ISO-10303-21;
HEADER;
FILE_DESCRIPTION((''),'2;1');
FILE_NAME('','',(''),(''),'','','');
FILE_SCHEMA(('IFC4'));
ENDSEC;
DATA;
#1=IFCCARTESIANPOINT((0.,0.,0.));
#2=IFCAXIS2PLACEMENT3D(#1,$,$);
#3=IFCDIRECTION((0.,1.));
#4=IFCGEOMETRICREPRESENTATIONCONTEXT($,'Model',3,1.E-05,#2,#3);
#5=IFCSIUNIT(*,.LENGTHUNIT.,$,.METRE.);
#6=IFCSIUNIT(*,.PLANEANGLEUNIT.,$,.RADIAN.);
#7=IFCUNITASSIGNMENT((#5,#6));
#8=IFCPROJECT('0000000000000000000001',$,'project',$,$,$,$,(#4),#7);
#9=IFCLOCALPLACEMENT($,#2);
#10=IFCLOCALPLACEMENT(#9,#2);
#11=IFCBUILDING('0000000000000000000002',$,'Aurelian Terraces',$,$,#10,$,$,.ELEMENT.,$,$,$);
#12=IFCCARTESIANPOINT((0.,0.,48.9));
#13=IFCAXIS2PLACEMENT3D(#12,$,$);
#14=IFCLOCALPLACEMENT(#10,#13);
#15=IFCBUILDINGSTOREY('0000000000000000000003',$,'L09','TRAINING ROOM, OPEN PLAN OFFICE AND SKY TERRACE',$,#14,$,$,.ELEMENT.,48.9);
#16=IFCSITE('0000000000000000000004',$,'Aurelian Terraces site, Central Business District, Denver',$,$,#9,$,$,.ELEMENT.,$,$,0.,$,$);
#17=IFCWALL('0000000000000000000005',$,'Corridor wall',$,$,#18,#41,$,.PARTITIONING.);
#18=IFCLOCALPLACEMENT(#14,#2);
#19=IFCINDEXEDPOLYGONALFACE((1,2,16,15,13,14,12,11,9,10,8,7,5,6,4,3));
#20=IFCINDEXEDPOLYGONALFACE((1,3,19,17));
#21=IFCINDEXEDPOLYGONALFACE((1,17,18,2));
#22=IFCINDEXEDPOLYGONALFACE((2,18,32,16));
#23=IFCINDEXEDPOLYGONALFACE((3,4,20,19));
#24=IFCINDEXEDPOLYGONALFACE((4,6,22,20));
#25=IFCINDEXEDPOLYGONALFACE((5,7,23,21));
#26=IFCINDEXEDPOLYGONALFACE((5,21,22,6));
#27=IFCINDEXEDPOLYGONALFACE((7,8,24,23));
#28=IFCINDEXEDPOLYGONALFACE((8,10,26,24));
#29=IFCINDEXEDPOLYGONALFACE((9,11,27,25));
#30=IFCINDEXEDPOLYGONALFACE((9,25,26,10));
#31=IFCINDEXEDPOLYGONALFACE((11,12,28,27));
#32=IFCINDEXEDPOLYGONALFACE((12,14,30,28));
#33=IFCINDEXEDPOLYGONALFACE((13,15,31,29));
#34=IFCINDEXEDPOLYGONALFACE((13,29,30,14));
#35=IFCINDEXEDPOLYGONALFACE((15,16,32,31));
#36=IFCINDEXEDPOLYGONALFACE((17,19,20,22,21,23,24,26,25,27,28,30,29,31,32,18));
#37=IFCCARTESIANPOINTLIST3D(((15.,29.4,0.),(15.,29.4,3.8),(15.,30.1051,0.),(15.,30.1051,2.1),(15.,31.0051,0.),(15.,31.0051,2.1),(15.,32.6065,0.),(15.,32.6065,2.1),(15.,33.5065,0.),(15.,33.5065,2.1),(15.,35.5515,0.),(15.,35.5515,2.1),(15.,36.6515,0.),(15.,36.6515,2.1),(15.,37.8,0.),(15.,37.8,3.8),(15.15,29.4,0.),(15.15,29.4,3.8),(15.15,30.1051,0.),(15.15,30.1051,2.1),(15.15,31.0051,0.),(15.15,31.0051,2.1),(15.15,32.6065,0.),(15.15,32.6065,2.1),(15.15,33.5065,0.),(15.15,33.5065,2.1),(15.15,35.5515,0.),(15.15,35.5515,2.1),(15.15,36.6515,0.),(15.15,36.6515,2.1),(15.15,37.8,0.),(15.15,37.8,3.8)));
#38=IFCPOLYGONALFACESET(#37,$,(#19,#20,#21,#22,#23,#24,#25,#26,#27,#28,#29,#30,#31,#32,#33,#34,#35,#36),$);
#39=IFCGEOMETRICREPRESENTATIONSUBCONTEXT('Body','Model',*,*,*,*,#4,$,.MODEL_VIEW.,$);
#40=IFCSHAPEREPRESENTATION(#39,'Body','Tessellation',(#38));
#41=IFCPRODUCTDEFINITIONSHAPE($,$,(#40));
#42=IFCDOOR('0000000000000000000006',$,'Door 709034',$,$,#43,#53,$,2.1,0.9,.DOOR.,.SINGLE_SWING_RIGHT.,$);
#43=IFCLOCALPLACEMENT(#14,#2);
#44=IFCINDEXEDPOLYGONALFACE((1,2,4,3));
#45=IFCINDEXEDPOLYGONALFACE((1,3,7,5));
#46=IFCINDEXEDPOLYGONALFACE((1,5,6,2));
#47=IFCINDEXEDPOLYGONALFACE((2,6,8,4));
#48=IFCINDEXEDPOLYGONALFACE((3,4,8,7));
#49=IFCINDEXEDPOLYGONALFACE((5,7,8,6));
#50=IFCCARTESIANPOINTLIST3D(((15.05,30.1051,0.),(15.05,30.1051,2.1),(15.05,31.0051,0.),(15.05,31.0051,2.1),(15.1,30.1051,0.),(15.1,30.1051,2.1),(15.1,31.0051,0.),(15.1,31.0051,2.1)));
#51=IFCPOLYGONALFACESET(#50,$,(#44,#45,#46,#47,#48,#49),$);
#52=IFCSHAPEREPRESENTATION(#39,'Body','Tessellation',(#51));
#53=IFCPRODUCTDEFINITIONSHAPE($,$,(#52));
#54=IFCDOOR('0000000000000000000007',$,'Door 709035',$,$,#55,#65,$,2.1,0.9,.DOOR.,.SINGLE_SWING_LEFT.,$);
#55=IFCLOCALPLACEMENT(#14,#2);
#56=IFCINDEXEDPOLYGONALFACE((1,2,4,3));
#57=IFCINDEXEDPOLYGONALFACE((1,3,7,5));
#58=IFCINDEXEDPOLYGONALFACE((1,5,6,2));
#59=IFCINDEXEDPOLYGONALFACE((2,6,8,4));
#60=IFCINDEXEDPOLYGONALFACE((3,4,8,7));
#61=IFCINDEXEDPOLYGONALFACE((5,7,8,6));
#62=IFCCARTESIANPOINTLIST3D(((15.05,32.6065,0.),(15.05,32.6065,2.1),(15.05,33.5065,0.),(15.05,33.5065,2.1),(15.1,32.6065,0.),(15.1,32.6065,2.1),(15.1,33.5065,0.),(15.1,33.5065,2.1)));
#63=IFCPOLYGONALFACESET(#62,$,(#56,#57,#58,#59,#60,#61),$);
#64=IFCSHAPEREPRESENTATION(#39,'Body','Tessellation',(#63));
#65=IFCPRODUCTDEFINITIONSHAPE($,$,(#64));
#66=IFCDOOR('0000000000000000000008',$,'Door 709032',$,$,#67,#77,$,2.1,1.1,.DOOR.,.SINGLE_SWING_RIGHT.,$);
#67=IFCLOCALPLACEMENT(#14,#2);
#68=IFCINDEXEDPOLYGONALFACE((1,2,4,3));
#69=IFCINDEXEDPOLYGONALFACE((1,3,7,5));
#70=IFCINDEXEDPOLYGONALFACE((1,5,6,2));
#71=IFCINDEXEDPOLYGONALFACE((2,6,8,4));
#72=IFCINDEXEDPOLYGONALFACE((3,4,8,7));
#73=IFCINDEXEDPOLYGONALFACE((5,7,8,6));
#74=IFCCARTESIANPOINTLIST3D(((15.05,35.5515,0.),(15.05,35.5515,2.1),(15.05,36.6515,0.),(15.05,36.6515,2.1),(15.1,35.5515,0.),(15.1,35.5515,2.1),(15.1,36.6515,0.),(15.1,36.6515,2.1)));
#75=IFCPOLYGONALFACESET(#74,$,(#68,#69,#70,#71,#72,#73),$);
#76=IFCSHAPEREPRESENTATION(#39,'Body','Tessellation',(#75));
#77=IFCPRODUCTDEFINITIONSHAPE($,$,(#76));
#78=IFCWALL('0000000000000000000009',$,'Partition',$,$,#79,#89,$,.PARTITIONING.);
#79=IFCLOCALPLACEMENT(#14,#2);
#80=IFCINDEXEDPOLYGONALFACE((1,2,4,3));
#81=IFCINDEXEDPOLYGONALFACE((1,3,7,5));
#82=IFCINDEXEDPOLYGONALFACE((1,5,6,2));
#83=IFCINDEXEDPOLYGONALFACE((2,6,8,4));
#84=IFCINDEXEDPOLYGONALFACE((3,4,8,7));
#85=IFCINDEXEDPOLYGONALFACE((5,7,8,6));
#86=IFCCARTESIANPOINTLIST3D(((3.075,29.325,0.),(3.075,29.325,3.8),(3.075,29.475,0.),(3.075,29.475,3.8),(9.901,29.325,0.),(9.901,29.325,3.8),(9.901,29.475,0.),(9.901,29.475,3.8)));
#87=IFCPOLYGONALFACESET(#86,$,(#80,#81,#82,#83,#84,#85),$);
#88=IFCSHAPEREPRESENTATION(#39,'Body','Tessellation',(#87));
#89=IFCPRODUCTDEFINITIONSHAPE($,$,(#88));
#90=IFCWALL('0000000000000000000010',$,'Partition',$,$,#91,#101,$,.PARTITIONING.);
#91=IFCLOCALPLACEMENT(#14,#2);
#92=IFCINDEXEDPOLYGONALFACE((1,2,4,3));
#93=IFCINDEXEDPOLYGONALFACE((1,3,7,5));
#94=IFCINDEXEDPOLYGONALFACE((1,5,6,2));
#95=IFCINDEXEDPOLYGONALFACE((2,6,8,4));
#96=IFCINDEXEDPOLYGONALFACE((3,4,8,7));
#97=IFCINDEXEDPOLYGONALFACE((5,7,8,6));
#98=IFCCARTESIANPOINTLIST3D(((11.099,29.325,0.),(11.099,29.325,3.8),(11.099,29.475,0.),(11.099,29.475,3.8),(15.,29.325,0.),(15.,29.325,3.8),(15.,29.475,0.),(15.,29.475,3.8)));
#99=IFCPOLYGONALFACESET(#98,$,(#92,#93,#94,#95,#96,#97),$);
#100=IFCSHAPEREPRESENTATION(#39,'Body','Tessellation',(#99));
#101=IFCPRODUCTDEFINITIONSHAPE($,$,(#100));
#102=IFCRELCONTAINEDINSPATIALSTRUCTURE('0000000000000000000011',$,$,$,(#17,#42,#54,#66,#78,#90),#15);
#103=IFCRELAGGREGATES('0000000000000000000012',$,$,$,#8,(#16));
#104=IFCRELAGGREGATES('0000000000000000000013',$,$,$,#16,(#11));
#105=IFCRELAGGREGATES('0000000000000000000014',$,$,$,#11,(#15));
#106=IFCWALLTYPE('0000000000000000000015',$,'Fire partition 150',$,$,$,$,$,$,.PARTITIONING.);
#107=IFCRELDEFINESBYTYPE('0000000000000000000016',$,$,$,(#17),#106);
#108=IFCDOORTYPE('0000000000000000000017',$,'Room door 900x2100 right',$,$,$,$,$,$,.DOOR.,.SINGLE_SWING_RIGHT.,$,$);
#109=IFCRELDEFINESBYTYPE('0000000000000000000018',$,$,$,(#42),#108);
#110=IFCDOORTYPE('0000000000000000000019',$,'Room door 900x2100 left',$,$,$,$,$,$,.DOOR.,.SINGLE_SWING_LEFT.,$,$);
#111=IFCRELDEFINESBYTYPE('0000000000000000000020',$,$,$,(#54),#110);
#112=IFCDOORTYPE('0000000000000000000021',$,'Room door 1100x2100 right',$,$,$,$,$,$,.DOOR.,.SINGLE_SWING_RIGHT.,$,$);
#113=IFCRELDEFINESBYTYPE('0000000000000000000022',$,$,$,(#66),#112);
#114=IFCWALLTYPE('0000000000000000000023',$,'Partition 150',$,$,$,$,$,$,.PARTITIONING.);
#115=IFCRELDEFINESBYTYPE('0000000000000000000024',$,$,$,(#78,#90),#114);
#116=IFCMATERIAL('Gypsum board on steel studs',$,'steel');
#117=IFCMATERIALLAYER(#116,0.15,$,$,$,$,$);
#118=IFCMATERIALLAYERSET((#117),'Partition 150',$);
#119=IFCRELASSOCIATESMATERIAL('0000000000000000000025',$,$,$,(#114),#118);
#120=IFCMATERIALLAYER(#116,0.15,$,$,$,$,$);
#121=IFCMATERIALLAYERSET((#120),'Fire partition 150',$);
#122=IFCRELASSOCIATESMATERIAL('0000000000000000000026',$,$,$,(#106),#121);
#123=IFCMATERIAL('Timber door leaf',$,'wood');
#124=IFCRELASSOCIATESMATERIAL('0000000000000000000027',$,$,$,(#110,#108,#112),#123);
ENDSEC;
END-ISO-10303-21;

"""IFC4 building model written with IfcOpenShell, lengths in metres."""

from ifc_helpers import new_model, si_unit, direction, frame, frame_2d, origin, place, context, subcontext, project, spatial, rectangle, extrude, source, transform, mapped, material, layer, layer_set, type_object, element, fill, save


model = new_model("IFC4")

# Units and contexts
model_context = context("Model", 3, precision=1e-05, world=origin(), true_north=direction((0.0, 1.0)))
body_context = subcontext(model_context, "Body", "Model", "MODEL_VIEW")
ifc_project = project(units=[si_unit("LENGTHUNIT", "METRE"), si_unit("PLANEANGLEUNIT", "RADIAN")], contexts=[model_context])

# Site, building, storey
site_placement = place(None, origin())
site = spatial("IfcSite", under=ifc_project, at=site_placement, Name="Aurelian Terraces site, Central Business District, Denver", CompositionType="ELEMENT", RefElevation=0.0)
building_placement = place(site_placement, origin())
building = spatial("IfcBuilding", under=site, at=building_placement, Name="Aurelian Terraces", CompositionType="ELEMENT")
storey_placement = place(building_placement, frame((0.0, 0.0, 48.9)))
storey = spatial("IfcBuildingStorey", under=building, at=storey_placement, Name="L09", Description="TRAINING ROOM, OPEN PLAN OFFICE AND SKY TERRACE", CompositionType="ELEMENT", Elevation=48.9)

# Shared definitions
ifc_material_1 = material(Name="Gypsum board on steel studs", Category="steel")
shared_shape_1 = source(origin(), body_context, "Body", "SweptSolid", [
    extrude(rectangle(XDim=0.9, YDim=2.1, at=frame_2d((0.45, 1.05))), frame((0.0, 0.025, 0.0), z_axis=(0.0, -1.0, 0.0), x_axis=(1.0, 0.0, 0.0)), (0.0, 0.0, 1.0), 0.05),
])

# Shared definitions
ifc_layer_1 = layer(ifc_material_1, 0.15)
ifc_layer_set_1 = layer_set([ifc_layer_1], Name="Partition 150")
wall_type_1 = type_object("IfcWallType", Name="Partition 150", PredefinedType="PARTITIONING", material=ifc_layer_set_1)
ifc_layer_2 = layer(ifc_material_1, 0.15)
ifc_layer_set_2 = layer_set([ifc_layer_2], Name="Fire partition 150")
wall_type_2 = type_object("IfcWallType", Name="Fire partition 150", PredefinedType="PARTITIONING", material=ifc_layer_set_2)

# Shared definitions
shared_shape_2 = source(origin(), body_context, "Body", "SweptSolid", [
    extrude(rectangle(XDim=0.9, YDim=2.1, at=frame_2d((0.45, 1.05))), frame((0.0, 0.085, 0.0), z_axis=(0.0, -1.0, 0.0), x_axis=(1.0, 0.0, 0.0)), (0.0, 0.0, 1.0), 0.17),
])
ifc_material_2 = material(Name="Timber door leaf", Category="wood")
door_type_1 = type_object("IfcDoorType", Name="Room door 900x2100 left", OperationType="SINGLE_SWING_LEFT", PredefinedType="DOOR", material=ifc_material_2)

# Shared definitions
door_type_2 = type_object("IfcDoorType", Name="Room door 900x2100 right", OperationType="SINGLE_SWING_RIGHT", PredefinedType="DOOR", material=ifc_material_2)

# Shared definitions
shared_shape_3 = source(origin(), body_context, "Body", "SweptSolid", [
    extrude(rectangle(XDim=8.4, YDim=0.15, at=frame_2d((4.2, 0.0))), origin(), (0.0, 0.0, 1.0), 3.8),
])
shared_shape_4 = source(origin(), body_context, "Body", "SweptSolid", [
    extrude(rectangle(XDim=1.1, YDim=2.1, at=frame_2d((0.55, 1.05))), frame((0.0, 0.085, 0.0), z_axis=(0.0, -1.0, 0.0), x_axis=(1.0, 0.0, 0.0)), (0.0, 0.0, 1.0), 0.17),
])
shared_shape_5 = source(origin(), body_context, "Body", "SweptSolid", [
    extrude(rectangle(XDim=1.1, YDim=2.1, at=frame_2d((0.55, 1.05))), frame((0.0, 0.025, 0.0), z_axis=(0.0, -1.0, 0.0), x_axis=(1.0, 0.0, 0.0)), (0.0, 0.0, 1.0), 0.05),
])

# Wall, openings, doors
wall_1_placement = place(storey_placement, frame((15.075, 29.4, 0.0), z_axis=(0.0, 0.0, 1.0), x_axis=(0.0, 1.0, 0.0)))
wall_1 = element("IfcWall", 1, at=wall_1_placement, inside=storey, type_object=wall_type_2, Name="Corridor wall", PredefinedType="PARTITIONING", context=body_context, shape_type="MappedRepresentation", body=[
    mapped(shared_shape_3, transform((0.0, 0.0, 0.0), scale=1.0)),
])
opening_1_placement = place(wall_1_placement, frame((6.1515, 0.0, 0.0)))
opening_1 = element("IfcOpeningElement", 2, at=opening_1_placement, cuts=wall_1, PredefinedType="OPENING", context=body_context, shape_type="MappedRepresentation", body=[
    mapped(shared_shape_4, transform((0.0, 0.0, 0.0), scale=1.0)),
])
opening_2_placement = place(wall_1_placement, frame((0.7051, 0.0, 0.0)))
opening_2 = element("IfcOpeningElement", 3, at=opening_2_placement, cuts=wall_1, PredefinedType="OPENING", context=body_context, shape_type="MappedRepresentation", body=[
    mapped(shared_shape_2, transform((0.0, 0.0, 0.0), scale=1.0)),
])
opening_3_placement = place(wall_1_placement, frame((3.2065, 0.0, 0.0)))
opening_3 = element("IfcOpeningElement", 4, at=opening_3_placement, cuts=wall_1, PredefinedType="OPENING", context=body_context, shape_type="MappedRepresentation", body=[
    mapped(shared_shape_2, transform((0.0, 0.0, 0.0), scale=1.0)),
])
door_1_placement = place(opening_2_placement, origin())
door_1 = element("IfcDoor", 5, at=door_1_placement, inside=storey, type_object=door_type_2, Name="Door 709034", OperationType="SINGLE_SWING_RIGHT", OverallHeight=2.1, OverallWidth=0.9, PredefinedType="DOOR", context=body_context, shape_type="MappedRepresentation", body=[
    mapped(shared_shape_1, transform((0.0, 0.0, 0.0), scale=1.0)),
])
fill(opening_2, door_1)
door_2_placement = place(opening_3_placement, origin())
door_2 = element("IfcDoor", 6, at=door_2_placement, inside=storey, type_object=door_type_1, Name="Door 709035", OperationType="SINGLE_SWING_LEFT", OverallHeight=2.1, OverallWidth=0.9, PredefinedType="DOOR", context=body_context, shape_type="MappedRepresentation", body=[
    mapped(shared_shape_1, transform((0.0, 0.0, 0.0), scale=1.0)),
])
fill(opening_3, door_2)
door_type_3 = type_object("IfcDoorType", Name="Room door 1100x2100 right", OperationType="SINGLE_SWING_RIGHT", PredefinedType="DOOR", material=ifc_material_2)
door_3_placement = place(opening_1_placement, origin())
door_3 = element("IfcDoor", 7, at=door_3_placement, inside=storey, type_object=door_type_3, Name="Door 709032", OperationType="SINGLE_SWING_RIGHT", OverallHeight=2.1, OverallWidth=1.1, PredefinedType="DOOR", context=body_context, shape_type="MappedRepresentation", body=[
    mapped(shared_shape_5, transform((0.0, 0.0, 0.0), scale=1.0)),
])
fill(opening_1, door_3)

# Walls
shared_shape_6 = source(origin(), body_context, "Body", "SweptSolid", [
    extrude(rectangle(XDim=6.826, YDim=0.15, at=frame_2d((3.413, 0.0))), origin(), (0.0, 0.0, 1.0), 3.8),
])
wall_2_placement = place(storey_placement, frame((9.901, 29.4, 0.0), z_axis=(0.0, 0.0, 1.0), x_axis=(-1.0, 0.0, 0.0)))
element("IfcWall", 8, at=wall_2_placement, inside=storey, type_object=wall_type_1, Name="Partition", PredefinedType="PARTITIONING", context=body_context, shape_type="MappedRepresentation", body=[
    mapped(shared_shape_6, transform((0.0, 0.0, 0.0), scale=1.0)),
])
shared_shape_7 = source(origin(), body_context, "Body", "SweptSolid", [
    extrude(rectangle(XDim=3.901, YDim=0.15, at=frame_2d((1.9505, 0.0))), origin(), (0.0, 0.0, 1.0), 3.8),
])
wall_3_placement = place(storey_placement, frame((15.0, 29.4, 0.0), z_axis=(0.0, 0.0, 1.0), x_axis=(-1.0, 0.0, 0.0)))
element("IfcWall", 9, at=wall_3_placement, inside=storey, type_object=wall_type_1, Name="Partition", PredefinedType="PARTITIONING", context=body_context, shape_type="MappedRepresentation", body=[
    mapped(shared_shape_7, transform((0.0, 0.0, 0.0), scale=1.0)),
])

save(model, "model.ifc")
